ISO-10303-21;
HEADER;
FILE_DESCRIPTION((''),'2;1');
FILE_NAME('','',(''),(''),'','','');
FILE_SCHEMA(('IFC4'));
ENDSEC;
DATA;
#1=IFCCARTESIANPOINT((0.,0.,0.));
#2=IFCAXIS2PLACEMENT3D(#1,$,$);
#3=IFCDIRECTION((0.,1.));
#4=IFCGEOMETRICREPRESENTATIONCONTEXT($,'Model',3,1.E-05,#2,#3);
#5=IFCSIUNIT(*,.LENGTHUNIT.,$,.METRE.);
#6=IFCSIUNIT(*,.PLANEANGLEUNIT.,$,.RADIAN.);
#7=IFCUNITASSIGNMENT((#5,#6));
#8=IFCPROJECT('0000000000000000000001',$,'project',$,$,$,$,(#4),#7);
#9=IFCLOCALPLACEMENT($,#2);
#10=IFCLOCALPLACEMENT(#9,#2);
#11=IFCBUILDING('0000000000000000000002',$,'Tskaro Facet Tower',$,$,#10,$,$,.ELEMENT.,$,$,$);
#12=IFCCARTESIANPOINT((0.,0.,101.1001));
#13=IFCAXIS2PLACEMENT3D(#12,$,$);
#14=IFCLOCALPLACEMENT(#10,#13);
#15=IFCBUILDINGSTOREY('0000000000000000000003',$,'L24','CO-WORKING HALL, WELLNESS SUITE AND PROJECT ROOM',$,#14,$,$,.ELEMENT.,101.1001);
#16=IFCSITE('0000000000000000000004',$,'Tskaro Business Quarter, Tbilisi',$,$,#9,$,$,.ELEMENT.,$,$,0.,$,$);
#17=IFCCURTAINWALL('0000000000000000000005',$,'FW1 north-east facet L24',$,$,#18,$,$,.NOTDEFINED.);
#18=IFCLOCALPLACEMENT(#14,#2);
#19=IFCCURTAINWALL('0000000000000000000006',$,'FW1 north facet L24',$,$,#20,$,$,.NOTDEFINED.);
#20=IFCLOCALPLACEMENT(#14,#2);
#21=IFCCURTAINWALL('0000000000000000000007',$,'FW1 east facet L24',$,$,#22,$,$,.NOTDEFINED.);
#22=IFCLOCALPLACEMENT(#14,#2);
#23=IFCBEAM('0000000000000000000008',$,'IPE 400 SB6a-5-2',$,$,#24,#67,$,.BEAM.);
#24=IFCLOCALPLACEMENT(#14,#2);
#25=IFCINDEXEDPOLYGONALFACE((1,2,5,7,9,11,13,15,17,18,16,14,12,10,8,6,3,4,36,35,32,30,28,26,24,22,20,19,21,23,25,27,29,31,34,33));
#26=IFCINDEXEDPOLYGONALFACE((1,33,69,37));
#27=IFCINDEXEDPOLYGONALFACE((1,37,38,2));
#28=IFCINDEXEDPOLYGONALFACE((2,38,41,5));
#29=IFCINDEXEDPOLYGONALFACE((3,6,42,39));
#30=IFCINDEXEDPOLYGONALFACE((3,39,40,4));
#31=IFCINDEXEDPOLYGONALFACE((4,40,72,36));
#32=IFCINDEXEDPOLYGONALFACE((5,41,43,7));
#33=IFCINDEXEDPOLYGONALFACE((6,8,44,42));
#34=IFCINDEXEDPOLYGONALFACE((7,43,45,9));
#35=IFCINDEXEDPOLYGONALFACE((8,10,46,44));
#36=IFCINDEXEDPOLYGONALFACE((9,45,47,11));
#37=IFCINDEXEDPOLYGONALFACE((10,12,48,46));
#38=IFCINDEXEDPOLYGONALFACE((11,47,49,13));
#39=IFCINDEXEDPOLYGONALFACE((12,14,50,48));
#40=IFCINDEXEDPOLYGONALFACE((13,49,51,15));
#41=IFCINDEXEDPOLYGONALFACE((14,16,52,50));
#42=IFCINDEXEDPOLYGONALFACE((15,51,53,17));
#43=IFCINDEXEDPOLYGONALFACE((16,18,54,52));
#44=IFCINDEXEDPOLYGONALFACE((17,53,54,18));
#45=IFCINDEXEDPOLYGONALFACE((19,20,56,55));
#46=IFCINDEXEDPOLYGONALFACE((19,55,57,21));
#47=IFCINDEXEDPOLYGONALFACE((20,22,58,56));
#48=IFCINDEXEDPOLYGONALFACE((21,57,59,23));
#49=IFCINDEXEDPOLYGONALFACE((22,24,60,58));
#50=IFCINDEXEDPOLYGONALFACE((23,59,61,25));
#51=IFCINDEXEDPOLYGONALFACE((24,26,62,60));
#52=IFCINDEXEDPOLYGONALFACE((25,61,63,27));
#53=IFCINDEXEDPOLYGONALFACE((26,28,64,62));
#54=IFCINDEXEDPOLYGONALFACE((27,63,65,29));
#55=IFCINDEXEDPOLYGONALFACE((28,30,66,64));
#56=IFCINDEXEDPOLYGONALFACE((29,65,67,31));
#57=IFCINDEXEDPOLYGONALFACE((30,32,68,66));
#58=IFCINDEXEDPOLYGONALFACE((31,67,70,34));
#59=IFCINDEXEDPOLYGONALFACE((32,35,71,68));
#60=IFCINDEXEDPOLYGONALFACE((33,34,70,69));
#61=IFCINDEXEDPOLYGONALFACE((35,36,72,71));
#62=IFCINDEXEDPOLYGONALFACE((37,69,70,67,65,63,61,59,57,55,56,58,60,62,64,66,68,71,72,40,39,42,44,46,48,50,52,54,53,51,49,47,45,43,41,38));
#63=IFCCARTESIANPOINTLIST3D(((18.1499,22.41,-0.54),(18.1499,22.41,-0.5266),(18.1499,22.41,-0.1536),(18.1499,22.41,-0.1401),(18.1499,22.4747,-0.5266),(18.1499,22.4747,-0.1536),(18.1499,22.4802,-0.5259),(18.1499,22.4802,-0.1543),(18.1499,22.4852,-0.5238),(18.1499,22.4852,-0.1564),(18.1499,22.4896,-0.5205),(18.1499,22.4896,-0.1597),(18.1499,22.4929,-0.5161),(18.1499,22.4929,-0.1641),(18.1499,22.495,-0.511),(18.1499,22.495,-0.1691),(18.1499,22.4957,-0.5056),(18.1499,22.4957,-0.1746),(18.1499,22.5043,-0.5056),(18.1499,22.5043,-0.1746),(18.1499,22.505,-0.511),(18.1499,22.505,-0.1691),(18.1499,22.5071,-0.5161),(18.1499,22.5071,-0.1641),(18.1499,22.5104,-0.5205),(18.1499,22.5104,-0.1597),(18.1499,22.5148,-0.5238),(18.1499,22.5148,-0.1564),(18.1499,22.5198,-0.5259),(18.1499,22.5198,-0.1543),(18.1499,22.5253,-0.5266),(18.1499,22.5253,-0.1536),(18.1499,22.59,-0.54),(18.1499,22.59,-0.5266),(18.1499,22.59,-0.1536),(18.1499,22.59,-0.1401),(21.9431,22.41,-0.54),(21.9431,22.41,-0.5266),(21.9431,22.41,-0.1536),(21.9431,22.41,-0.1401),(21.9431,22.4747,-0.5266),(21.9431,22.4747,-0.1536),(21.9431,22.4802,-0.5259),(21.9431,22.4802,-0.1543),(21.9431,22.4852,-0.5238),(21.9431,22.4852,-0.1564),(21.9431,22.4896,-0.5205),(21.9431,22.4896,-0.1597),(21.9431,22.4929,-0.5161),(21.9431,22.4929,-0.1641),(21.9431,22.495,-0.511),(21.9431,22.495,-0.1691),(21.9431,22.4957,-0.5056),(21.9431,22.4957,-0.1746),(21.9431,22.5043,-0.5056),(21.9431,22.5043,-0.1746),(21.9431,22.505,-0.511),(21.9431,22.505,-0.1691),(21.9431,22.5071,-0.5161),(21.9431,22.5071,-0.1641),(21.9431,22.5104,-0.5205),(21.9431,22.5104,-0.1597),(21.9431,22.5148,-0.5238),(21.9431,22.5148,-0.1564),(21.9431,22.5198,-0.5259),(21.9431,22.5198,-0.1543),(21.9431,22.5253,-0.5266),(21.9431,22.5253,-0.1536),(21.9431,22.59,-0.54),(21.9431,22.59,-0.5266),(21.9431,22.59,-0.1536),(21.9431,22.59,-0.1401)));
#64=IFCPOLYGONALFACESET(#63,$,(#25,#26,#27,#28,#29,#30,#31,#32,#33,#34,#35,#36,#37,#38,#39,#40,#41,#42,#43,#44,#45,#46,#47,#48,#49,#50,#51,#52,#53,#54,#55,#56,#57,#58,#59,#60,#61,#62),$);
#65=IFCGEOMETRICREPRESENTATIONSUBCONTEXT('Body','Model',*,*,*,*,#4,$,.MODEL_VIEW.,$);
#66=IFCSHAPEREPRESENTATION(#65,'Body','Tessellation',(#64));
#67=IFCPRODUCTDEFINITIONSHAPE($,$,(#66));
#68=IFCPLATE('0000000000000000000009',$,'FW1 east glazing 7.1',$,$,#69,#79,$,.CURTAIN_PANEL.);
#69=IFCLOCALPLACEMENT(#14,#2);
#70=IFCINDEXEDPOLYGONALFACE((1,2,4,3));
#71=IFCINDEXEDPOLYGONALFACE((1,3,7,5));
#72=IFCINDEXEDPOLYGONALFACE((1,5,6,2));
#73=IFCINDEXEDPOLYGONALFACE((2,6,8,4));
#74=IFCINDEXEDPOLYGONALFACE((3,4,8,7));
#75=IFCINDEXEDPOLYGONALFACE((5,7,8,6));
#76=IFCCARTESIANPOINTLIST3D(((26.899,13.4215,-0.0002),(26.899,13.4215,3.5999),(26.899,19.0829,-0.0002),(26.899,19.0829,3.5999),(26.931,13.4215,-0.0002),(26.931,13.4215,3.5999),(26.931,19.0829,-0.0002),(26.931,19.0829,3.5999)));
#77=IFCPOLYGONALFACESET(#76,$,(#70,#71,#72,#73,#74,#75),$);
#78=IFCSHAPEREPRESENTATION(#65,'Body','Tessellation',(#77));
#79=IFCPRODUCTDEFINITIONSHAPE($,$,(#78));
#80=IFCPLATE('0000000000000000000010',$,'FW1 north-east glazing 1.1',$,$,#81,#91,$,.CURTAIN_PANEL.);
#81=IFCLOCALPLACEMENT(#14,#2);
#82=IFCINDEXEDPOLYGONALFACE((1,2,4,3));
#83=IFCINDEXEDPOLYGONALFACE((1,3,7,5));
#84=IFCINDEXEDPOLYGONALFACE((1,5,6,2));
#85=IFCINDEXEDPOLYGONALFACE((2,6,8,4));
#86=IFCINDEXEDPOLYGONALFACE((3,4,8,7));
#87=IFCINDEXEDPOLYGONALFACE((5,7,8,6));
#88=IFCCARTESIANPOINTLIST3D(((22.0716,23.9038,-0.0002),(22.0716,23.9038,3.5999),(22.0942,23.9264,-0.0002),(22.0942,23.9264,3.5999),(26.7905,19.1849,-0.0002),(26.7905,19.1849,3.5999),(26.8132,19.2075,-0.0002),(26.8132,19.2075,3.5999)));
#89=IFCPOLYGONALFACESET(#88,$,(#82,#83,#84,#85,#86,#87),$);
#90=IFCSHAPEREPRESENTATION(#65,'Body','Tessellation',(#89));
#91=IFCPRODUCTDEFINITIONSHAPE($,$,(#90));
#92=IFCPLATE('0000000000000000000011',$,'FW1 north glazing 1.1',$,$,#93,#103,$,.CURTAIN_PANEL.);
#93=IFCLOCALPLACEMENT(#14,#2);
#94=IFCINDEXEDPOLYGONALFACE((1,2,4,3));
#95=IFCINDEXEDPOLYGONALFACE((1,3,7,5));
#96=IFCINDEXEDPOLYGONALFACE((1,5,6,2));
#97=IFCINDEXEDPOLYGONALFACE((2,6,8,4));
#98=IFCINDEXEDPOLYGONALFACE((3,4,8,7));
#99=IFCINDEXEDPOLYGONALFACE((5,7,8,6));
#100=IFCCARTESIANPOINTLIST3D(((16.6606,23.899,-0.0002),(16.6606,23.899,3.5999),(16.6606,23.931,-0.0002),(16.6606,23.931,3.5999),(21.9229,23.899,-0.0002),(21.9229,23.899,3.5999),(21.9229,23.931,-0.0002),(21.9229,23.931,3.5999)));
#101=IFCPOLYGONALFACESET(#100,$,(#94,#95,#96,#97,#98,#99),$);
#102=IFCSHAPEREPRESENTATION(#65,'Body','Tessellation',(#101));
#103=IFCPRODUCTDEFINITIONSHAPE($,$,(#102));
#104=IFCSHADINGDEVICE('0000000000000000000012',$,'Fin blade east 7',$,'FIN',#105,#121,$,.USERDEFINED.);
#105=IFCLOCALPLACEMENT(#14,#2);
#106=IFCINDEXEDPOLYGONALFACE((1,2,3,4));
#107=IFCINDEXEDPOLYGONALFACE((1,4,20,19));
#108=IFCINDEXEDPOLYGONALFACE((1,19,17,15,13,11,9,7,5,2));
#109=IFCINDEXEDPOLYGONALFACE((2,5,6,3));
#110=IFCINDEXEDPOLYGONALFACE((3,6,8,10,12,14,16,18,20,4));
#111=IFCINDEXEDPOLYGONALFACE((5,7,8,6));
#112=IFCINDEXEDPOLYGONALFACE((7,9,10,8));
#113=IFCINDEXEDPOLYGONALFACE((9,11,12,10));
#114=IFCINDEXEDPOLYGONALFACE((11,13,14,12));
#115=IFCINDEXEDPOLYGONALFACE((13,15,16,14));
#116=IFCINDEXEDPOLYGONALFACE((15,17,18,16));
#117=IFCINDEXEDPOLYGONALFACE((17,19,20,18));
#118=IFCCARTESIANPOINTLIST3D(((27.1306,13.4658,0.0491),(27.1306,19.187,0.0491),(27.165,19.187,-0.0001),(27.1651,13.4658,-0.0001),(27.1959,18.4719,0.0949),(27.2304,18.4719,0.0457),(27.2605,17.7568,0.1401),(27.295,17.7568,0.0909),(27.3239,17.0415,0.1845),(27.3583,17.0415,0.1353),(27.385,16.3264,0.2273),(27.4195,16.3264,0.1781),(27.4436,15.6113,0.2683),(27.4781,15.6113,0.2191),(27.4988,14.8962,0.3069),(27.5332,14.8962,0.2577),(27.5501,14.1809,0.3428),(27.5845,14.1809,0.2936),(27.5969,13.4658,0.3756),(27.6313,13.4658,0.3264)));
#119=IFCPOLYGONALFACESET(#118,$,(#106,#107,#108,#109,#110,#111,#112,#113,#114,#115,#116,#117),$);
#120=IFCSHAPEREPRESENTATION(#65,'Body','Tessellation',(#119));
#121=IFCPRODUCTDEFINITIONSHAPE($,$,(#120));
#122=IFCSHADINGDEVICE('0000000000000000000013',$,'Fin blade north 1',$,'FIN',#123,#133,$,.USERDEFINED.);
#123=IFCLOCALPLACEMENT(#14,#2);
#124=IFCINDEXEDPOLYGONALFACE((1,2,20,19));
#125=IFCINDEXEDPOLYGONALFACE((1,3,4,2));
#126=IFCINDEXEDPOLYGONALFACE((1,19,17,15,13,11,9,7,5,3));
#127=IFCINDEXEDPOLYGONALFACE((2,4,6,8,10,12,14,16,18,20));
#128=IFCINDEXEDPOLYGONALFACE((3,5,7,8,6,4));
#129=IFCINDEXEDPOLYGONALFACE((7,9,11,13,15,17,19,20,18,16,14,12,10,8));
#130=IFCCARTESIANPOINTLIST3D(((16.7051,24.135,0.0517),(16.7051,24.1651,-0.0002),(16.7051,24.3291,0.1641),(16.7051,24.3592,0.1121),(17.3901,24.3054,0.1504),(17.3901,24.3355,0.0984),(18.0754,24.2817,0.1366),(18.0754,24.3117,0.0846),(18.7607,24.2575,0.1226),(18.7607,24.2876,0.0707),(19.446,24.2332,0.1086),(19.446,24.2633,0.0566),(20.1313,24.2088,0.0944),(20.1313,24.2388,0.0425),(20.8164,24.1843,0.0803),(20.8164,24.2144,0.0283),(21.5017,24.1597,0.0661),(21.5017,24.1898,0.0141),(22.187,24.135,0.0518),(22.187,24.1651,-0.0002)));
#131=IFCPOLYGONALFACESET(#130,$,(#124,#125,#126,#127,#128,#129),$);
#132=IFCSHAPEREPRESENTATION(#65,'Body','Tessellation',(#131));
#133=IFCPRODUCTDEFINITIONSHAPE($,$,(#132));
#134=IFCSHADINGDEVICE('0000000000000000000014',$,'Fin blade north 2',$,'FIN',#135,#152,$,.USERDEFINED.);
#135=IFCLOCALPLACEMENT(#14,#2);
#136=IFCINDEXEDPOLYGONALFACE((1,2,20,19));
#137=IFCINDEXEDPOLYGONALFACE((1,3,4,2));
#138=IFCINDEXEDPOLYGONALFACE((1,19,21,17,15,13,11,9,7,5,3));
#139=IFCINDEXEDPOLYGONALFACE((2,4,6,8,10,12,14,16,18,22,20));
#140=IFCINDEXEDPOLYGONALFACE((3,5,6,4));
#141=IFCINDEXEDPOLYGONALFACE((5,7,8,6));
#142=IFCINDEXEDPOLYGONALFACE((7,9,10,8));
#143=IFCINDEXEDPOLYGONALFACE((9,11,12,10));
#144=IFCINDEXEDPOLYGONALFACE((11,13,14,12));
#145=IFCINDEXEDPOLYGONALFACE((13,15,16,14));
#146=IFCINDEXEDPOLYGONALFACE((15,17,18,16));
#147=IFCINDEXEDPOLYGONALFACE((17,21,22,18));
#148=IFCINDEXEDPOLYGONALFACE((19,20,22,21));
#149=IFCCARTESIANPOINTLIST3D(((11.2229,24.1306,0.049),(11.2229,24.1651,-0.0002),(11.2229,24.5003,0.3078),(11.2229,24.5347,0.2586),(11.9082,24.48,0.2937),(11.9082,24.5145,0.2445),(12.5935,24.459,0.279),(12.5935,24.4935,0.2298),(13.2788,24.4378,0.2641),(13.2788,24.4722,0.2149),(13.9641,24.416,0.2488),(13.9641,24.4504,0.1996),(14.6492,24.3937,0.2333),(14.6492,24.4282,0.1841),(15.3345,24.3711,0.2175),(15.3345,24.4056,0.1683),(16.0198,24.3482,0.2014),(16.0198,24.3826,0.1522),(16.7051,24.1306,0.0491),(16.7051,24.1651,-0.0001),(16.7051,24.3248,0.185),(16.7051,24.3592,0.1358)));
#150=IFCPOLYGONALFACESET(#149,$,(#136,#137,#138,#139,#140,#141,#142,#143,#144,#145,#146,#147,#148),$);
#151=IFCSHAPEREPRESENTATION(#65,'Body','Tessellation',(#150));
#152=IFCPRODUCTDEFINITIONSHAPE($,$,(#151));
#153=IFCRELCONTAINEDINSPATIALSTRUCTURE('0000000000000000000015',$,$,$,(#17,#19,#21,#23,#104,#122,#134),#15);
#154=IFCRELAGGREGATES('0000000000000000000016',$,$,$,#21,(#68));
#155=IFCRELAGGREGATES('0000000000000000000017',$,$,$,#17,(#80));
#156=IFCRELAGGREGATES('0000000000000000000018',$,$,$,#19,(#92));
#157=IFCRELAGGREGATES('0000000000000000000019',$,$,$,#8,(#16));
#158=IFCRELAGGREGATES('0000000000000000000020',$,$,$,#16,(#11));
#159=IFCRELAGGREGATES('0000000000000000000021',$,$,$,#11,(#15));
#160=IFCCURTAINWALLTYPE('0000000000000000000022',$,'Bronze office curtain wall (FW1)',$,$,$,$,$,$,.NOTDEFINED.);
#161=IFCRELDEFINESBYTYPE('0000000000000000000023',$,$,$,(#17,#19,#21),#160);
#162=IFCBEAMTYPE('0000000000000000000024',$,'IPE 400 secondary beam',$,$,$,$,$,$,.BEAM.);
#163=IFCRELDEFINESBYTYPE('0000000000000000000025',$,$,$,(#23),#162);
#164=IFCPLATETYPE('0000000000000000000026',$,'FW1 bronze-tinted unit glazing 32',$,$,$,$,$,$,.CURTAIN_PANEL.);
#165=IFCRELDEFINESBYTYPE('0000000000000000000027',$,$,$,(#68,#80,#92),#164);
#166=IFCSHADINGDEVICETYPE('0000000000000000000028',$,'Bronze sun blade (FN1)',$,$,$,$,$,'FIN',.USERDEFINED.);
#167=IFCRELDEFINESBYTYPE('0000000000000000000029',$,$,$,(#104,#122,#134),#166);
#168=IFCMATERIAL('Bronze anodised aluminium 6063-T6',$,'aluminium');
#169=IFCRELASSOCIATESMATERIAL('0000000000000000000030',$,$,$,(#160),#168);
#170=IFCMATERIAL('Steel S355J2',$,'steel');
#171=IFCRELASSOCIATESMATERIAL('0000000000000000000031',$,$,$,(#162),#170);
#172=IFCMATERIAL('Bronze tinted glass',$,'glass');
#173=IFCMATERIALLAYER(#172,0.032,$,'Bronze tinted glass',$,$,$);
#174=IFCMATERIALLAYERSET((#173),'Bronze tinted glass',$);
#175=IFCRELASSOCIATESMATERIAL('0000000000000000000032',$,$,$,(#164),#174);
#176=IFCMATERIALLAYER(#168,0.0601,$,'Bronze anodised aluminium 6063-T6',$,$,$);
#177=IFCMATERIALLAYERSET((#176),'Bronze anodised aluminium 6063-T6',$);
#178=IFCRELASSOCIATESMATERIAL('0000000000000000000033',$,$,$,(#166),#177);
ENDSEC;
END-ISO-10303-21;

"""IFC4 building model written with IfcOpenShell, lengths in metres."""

from ifc_helpers import new_model, si_unit, direction, frame, origin, origin_2d, place, context, subcontext, project, spatial, polyline, rectangle, i_section, outline, extrude, material, layer, layer_set, material_profile, profile_set, type_object, element, aggregate, save


model = new_model("IFC4")

# Units and contexts
model_context = context("Model", 3, precision=1e-05, world=origin(), true_north=direction((0.0, 1.0)))
body_context = subcontext(model_context, "Body", "Model", "MODEL_VIEW")
ifc_project = project(units=[si_unit("LENGTHUNIT", "METRE"), si_unit("PLANEANGLEUNIT", "RADIAN")], contexts=[model_context])

# Site, building, storey
site_placement = place(None, origin())
site = spatial("IfcSite", under=ifc_project, at=site_placement, Name="Tskaro Business Quarter, Tbilisi", CompositionType="ELEMENT", RefElevation=0.0)
building_placement = place(site_placement, origin())
building = spatial("IfcBuilding", under=site, at=building_placement, Name="Tskaro Facet Tower", CompositionType="ELEMENT")
storey_placement = place(building_placement, frame((0.0, 0.0, 101.1001)))
storey = spatial("IfcBuildingStorey", under=building, at=storey_placement, Name="L24", Description="CO-WORKING HALL, WELLNESS SUITE AND PROJECT ROOM", CompositionType="ELEMENT", Elevation=101.1001)

# Curtain walls
ifc_material_1 = material(Name="Bronze anodised aluminium 6063-T6", Category="aluminium")
curtain_wall_type = type_object("IfcCurtainWallType", Name="Bronze office curtain wall (FW1)", PredefinedType="NOTDEFINED", material=ifc_material_1)
curtain_wall_1_placement = place(storey_placement, origin())
curtain_wall_1 = element("IfcCurtainWall", 1, at=curtain_wall_1_placement, inside=storey, type_object=curtain_wall_type, Name="FW1 north-east facet L24", PredefinedType="NOTDEFINED")
curtain_wall_2_placement = place(storey_placement, origin())
curtain_wall_2 = element("IfcCurtainWall", 2, at=curtain_wall_2_placement, inside=storey, type_object=curtain_wall_type, Name="FW1 north facet L24", PredefinedType="NOTDEFINED")
curtain_wall_3_placement = place(storey_placement, origin())
curtain_wall_3 = element("IfcCurtainWall", 3, at=curtain_wall_3_placement, inside=storey, type_object=curtain_wall_type, Name="FW1 east facet L24", PredefinedType="NOTDEFINED")

# Beam
ifc_material_2 = material(Name="Steel S355J2", Category="steel")
ifc_material_profile_1 = material_profile(ifc_material_2, i_section(OverallWidth=0.1799, OverallDepth=0.3999, WebThickness=0.0085, FlangeThickness=0.0134, FilletRadius=0.021, at=origin_2d()), Name="IPE 400")
ifc_profile_set_1 = profile_set([ifc_material_profile_1], Name="Steel S355J2")
beam_type_1 = type_object("IfcBeamType", Name="IPE 400 secondary beam", PredefinedType="BEAM", material=ifc_profile_set_1)
beam_1_placement = place(storey_placement, frame((18.1499, 22.5, -0.3401), z_axis=(1.0, 0.0, 0.0), x_axis=(0.0, 1.0, 0.0)))
element("IfcBeam", 4, at=beam_1_placement, inside=storey, type_object=beam_type_1, Name="IPE 400 SB6a-5-2", PredefinedType="BEAM", context=body_context, shape_type="SweptSolid", body=[
    extrude(i_section(OverallWidth=0.1799, OverallDepth=0.3999, WebThickness=0.0085, FlangeThickness=0.0134, FilletRadius=0.021, at=origin_2d()), origin(), (0.0, 0.0, 1.0), 3.7932),
])

# Plates
ifc_material_3 = material(Name="Bronze tinted glass", Category="glass")
ifc_layer_1 = layer(ifc_material_3, 0.032, Name="Bronze tinted glass")
ifc_layer_set_1 = layer_set([ifc_layer_1], Name="Bronze tinted glass")
plate_type = type_object("IfcPlateType", Name="FW1 bronze-tinted unit glazing 32", PredefinedType="CURTAIN_PANEL", material=ifc_layer_set_1)
plate_1_placement = place(storey_placement, frame((26.915, 16.2522, -0.0002), z_axis=(0.0, 0.0, 1.0), x_axis=(0.0, 1.0, 0.0)))
plate_1 = element("IfcPlate", 5, at=plate_1_placement, type_object=plate_type, Name="FW1 east glazing 7.1", PredefinedType="CURTAIN_PANEL", context=body_context, shape_type="SweptSolid", body=[
    extrude(rectangle(XDim=5.6614, YDim=0.032, at=origin_2d()), origin(), (0.0, 0.0, 1.0), 3.6001),
])
aggregate(curtain_wall_3, [plate_1])
plate_2_placement = place(storey_placement, frame((24.4424, 21.5557, -0.0002), z_axis=(0.0, 0.0, 1.0), x_axis=(-0.707107, 0.707107, 0.0)))
plate_2 = element("IfcPlate", 6, at=plate_2_placement, type_object=plate_type, Name="FW1 north-east glazing 1.1", PredefinedType="CURTAIN_PANEL", context=body_context, shape_type="SweptSolid", body=[
    extrude(rectangle(XDim=6.6736, YDim=0.032, at=origin_2d()), origin(), (0.0, 0.0, 1.0), 3.6001),
])
aggregate(curtain_wall_1, [plate_2])
plate_3_placement = place(storey_placement, frame((19.2917, 23.915, -0.0002), z_axis=(0.0, 0.0, 1.0), x_axis=(-1.0, 0.0, 0.0)))
plate_3 = element("IfcPlate", 7, at=plate_3_placement, type_object=plate_type, Name="FW1 north glazing 1.1", PredefinedType="CURTAIN_PANEL", context=body_context, shape_type="SweptSolid", body=[
    extrude(rectangle(XDim=5.2622, YDim=0.032, at=origin_2d()), origin(), (0.0, 0.0, 1.0), 3.6001),
])
aggregate(curtain_wall_2, [plate_3])

# Shading devices
ifc_layer_2 = layer(ifc_material_1, 0.0601, Name="Bronze anodised aluminium 6063-T6")
ifc_layer_set_2 = layer_set([ifc_layer_2], Name="Bronze anodised aluminium 6063-T6")
shading_device_type = type_object("IfcShadingDeviceType", Name="Bronze sun blade (FN1)", ElementType="FIN", PredefinedType="USERDEFINED", material=ifc_layer_set_2)
shading_device_1_placement = place(storey_placement, frame((27.1306, 13.4658, 0.0491), z_axis=(-0.573571, -0.000012, 0.819156), x_axis=(-0.000007, 1.0, 0.00001)))
element("IfcShadingDevice", 8, at=shading_device_1_placement, inside=storey, type_object=shading_device_type, Name="Fin blade east 7", ObjectType="FIN", PredefinedType="USERDEFINED", context=body_context, shape_type="SweptSolid", body=[
    extrude(outline(polyline([(0.0, 0.0), (5.7212, 0.0), (5.0061, -0.0798), (4.291, -0.1586), (3.5757, -0.236), (2.8606, -0.3106), (2.1455, -0.3821), (1.4304, -0.4495), (0.7151, -0.512), (0.0, -0.5692), (0.0, 0.0)])), origin(), (0.0, 0.0, -1.0), 0.0601),
])
shading_device_2_placement = place(storey_placement, frame((22.187, 24.135, 0.0518), z_axis=(-0.000003, -0.500871, 0.865522), x_axis=(-1.0, 0.000001, -0.000002)))
element("IfcShadingDevice", 9, at=shading_device_2_placement, inside=storey, type_object=shading_device_type, Name="Fin blade north 1", ObjectType="FIN", PredefinedType="USERDEFINED", context=body_context, shape_type="SweptSolid", body=[
    extrude(outline(polyline([(0.0, 0.0), (5.4819, 0.0), (5.4819, -0.2242), (4.7969, -0.1969), (4.1116, -0.1694), (3.4263, -0.1415), (2.741, -0.1134), (2.0557, -0.0852), (1.3706, -0.057), (0.6853, -0.0286), (0.0, 0.0)])), origin(), (0.0, 0.0, -1.0), 0.0601),
])
shading_device_3_placement = place(storey_placement, frame((16.7051, 24.1306, 0.0491), z_axis=(-0.000006, -0.573548, 0.819172), x_axis=(-1.0, 0.000003, -0.000005)))
element("IfcShadingDevice", 10, at=shading_device_3_placement, inside=storey, type_object=shading_device_type, Name="Fin blade north 2", ObjectType="FIN", PredefinedType="USERDEFINED", context=body_context, shape_type="SweptSolid", body=[
    extrude(outline(polyline([(0.0, 0.0), (5.4822, 0.0), (5.4822, -0.4512), (4.7969, -0.4265), (4.1116, -0.4009), (3.4263, -0.375), (2.741, -0.3483), (2.0559, -0.3212), (1.3706, -0.2936), (0.6853, -0.2656), (0.0, -0.237), (0.0, 0.0)])), origin(), (0.0, 0.0, -1.0), 0.0601),
])

save(model, "model.ifc")
